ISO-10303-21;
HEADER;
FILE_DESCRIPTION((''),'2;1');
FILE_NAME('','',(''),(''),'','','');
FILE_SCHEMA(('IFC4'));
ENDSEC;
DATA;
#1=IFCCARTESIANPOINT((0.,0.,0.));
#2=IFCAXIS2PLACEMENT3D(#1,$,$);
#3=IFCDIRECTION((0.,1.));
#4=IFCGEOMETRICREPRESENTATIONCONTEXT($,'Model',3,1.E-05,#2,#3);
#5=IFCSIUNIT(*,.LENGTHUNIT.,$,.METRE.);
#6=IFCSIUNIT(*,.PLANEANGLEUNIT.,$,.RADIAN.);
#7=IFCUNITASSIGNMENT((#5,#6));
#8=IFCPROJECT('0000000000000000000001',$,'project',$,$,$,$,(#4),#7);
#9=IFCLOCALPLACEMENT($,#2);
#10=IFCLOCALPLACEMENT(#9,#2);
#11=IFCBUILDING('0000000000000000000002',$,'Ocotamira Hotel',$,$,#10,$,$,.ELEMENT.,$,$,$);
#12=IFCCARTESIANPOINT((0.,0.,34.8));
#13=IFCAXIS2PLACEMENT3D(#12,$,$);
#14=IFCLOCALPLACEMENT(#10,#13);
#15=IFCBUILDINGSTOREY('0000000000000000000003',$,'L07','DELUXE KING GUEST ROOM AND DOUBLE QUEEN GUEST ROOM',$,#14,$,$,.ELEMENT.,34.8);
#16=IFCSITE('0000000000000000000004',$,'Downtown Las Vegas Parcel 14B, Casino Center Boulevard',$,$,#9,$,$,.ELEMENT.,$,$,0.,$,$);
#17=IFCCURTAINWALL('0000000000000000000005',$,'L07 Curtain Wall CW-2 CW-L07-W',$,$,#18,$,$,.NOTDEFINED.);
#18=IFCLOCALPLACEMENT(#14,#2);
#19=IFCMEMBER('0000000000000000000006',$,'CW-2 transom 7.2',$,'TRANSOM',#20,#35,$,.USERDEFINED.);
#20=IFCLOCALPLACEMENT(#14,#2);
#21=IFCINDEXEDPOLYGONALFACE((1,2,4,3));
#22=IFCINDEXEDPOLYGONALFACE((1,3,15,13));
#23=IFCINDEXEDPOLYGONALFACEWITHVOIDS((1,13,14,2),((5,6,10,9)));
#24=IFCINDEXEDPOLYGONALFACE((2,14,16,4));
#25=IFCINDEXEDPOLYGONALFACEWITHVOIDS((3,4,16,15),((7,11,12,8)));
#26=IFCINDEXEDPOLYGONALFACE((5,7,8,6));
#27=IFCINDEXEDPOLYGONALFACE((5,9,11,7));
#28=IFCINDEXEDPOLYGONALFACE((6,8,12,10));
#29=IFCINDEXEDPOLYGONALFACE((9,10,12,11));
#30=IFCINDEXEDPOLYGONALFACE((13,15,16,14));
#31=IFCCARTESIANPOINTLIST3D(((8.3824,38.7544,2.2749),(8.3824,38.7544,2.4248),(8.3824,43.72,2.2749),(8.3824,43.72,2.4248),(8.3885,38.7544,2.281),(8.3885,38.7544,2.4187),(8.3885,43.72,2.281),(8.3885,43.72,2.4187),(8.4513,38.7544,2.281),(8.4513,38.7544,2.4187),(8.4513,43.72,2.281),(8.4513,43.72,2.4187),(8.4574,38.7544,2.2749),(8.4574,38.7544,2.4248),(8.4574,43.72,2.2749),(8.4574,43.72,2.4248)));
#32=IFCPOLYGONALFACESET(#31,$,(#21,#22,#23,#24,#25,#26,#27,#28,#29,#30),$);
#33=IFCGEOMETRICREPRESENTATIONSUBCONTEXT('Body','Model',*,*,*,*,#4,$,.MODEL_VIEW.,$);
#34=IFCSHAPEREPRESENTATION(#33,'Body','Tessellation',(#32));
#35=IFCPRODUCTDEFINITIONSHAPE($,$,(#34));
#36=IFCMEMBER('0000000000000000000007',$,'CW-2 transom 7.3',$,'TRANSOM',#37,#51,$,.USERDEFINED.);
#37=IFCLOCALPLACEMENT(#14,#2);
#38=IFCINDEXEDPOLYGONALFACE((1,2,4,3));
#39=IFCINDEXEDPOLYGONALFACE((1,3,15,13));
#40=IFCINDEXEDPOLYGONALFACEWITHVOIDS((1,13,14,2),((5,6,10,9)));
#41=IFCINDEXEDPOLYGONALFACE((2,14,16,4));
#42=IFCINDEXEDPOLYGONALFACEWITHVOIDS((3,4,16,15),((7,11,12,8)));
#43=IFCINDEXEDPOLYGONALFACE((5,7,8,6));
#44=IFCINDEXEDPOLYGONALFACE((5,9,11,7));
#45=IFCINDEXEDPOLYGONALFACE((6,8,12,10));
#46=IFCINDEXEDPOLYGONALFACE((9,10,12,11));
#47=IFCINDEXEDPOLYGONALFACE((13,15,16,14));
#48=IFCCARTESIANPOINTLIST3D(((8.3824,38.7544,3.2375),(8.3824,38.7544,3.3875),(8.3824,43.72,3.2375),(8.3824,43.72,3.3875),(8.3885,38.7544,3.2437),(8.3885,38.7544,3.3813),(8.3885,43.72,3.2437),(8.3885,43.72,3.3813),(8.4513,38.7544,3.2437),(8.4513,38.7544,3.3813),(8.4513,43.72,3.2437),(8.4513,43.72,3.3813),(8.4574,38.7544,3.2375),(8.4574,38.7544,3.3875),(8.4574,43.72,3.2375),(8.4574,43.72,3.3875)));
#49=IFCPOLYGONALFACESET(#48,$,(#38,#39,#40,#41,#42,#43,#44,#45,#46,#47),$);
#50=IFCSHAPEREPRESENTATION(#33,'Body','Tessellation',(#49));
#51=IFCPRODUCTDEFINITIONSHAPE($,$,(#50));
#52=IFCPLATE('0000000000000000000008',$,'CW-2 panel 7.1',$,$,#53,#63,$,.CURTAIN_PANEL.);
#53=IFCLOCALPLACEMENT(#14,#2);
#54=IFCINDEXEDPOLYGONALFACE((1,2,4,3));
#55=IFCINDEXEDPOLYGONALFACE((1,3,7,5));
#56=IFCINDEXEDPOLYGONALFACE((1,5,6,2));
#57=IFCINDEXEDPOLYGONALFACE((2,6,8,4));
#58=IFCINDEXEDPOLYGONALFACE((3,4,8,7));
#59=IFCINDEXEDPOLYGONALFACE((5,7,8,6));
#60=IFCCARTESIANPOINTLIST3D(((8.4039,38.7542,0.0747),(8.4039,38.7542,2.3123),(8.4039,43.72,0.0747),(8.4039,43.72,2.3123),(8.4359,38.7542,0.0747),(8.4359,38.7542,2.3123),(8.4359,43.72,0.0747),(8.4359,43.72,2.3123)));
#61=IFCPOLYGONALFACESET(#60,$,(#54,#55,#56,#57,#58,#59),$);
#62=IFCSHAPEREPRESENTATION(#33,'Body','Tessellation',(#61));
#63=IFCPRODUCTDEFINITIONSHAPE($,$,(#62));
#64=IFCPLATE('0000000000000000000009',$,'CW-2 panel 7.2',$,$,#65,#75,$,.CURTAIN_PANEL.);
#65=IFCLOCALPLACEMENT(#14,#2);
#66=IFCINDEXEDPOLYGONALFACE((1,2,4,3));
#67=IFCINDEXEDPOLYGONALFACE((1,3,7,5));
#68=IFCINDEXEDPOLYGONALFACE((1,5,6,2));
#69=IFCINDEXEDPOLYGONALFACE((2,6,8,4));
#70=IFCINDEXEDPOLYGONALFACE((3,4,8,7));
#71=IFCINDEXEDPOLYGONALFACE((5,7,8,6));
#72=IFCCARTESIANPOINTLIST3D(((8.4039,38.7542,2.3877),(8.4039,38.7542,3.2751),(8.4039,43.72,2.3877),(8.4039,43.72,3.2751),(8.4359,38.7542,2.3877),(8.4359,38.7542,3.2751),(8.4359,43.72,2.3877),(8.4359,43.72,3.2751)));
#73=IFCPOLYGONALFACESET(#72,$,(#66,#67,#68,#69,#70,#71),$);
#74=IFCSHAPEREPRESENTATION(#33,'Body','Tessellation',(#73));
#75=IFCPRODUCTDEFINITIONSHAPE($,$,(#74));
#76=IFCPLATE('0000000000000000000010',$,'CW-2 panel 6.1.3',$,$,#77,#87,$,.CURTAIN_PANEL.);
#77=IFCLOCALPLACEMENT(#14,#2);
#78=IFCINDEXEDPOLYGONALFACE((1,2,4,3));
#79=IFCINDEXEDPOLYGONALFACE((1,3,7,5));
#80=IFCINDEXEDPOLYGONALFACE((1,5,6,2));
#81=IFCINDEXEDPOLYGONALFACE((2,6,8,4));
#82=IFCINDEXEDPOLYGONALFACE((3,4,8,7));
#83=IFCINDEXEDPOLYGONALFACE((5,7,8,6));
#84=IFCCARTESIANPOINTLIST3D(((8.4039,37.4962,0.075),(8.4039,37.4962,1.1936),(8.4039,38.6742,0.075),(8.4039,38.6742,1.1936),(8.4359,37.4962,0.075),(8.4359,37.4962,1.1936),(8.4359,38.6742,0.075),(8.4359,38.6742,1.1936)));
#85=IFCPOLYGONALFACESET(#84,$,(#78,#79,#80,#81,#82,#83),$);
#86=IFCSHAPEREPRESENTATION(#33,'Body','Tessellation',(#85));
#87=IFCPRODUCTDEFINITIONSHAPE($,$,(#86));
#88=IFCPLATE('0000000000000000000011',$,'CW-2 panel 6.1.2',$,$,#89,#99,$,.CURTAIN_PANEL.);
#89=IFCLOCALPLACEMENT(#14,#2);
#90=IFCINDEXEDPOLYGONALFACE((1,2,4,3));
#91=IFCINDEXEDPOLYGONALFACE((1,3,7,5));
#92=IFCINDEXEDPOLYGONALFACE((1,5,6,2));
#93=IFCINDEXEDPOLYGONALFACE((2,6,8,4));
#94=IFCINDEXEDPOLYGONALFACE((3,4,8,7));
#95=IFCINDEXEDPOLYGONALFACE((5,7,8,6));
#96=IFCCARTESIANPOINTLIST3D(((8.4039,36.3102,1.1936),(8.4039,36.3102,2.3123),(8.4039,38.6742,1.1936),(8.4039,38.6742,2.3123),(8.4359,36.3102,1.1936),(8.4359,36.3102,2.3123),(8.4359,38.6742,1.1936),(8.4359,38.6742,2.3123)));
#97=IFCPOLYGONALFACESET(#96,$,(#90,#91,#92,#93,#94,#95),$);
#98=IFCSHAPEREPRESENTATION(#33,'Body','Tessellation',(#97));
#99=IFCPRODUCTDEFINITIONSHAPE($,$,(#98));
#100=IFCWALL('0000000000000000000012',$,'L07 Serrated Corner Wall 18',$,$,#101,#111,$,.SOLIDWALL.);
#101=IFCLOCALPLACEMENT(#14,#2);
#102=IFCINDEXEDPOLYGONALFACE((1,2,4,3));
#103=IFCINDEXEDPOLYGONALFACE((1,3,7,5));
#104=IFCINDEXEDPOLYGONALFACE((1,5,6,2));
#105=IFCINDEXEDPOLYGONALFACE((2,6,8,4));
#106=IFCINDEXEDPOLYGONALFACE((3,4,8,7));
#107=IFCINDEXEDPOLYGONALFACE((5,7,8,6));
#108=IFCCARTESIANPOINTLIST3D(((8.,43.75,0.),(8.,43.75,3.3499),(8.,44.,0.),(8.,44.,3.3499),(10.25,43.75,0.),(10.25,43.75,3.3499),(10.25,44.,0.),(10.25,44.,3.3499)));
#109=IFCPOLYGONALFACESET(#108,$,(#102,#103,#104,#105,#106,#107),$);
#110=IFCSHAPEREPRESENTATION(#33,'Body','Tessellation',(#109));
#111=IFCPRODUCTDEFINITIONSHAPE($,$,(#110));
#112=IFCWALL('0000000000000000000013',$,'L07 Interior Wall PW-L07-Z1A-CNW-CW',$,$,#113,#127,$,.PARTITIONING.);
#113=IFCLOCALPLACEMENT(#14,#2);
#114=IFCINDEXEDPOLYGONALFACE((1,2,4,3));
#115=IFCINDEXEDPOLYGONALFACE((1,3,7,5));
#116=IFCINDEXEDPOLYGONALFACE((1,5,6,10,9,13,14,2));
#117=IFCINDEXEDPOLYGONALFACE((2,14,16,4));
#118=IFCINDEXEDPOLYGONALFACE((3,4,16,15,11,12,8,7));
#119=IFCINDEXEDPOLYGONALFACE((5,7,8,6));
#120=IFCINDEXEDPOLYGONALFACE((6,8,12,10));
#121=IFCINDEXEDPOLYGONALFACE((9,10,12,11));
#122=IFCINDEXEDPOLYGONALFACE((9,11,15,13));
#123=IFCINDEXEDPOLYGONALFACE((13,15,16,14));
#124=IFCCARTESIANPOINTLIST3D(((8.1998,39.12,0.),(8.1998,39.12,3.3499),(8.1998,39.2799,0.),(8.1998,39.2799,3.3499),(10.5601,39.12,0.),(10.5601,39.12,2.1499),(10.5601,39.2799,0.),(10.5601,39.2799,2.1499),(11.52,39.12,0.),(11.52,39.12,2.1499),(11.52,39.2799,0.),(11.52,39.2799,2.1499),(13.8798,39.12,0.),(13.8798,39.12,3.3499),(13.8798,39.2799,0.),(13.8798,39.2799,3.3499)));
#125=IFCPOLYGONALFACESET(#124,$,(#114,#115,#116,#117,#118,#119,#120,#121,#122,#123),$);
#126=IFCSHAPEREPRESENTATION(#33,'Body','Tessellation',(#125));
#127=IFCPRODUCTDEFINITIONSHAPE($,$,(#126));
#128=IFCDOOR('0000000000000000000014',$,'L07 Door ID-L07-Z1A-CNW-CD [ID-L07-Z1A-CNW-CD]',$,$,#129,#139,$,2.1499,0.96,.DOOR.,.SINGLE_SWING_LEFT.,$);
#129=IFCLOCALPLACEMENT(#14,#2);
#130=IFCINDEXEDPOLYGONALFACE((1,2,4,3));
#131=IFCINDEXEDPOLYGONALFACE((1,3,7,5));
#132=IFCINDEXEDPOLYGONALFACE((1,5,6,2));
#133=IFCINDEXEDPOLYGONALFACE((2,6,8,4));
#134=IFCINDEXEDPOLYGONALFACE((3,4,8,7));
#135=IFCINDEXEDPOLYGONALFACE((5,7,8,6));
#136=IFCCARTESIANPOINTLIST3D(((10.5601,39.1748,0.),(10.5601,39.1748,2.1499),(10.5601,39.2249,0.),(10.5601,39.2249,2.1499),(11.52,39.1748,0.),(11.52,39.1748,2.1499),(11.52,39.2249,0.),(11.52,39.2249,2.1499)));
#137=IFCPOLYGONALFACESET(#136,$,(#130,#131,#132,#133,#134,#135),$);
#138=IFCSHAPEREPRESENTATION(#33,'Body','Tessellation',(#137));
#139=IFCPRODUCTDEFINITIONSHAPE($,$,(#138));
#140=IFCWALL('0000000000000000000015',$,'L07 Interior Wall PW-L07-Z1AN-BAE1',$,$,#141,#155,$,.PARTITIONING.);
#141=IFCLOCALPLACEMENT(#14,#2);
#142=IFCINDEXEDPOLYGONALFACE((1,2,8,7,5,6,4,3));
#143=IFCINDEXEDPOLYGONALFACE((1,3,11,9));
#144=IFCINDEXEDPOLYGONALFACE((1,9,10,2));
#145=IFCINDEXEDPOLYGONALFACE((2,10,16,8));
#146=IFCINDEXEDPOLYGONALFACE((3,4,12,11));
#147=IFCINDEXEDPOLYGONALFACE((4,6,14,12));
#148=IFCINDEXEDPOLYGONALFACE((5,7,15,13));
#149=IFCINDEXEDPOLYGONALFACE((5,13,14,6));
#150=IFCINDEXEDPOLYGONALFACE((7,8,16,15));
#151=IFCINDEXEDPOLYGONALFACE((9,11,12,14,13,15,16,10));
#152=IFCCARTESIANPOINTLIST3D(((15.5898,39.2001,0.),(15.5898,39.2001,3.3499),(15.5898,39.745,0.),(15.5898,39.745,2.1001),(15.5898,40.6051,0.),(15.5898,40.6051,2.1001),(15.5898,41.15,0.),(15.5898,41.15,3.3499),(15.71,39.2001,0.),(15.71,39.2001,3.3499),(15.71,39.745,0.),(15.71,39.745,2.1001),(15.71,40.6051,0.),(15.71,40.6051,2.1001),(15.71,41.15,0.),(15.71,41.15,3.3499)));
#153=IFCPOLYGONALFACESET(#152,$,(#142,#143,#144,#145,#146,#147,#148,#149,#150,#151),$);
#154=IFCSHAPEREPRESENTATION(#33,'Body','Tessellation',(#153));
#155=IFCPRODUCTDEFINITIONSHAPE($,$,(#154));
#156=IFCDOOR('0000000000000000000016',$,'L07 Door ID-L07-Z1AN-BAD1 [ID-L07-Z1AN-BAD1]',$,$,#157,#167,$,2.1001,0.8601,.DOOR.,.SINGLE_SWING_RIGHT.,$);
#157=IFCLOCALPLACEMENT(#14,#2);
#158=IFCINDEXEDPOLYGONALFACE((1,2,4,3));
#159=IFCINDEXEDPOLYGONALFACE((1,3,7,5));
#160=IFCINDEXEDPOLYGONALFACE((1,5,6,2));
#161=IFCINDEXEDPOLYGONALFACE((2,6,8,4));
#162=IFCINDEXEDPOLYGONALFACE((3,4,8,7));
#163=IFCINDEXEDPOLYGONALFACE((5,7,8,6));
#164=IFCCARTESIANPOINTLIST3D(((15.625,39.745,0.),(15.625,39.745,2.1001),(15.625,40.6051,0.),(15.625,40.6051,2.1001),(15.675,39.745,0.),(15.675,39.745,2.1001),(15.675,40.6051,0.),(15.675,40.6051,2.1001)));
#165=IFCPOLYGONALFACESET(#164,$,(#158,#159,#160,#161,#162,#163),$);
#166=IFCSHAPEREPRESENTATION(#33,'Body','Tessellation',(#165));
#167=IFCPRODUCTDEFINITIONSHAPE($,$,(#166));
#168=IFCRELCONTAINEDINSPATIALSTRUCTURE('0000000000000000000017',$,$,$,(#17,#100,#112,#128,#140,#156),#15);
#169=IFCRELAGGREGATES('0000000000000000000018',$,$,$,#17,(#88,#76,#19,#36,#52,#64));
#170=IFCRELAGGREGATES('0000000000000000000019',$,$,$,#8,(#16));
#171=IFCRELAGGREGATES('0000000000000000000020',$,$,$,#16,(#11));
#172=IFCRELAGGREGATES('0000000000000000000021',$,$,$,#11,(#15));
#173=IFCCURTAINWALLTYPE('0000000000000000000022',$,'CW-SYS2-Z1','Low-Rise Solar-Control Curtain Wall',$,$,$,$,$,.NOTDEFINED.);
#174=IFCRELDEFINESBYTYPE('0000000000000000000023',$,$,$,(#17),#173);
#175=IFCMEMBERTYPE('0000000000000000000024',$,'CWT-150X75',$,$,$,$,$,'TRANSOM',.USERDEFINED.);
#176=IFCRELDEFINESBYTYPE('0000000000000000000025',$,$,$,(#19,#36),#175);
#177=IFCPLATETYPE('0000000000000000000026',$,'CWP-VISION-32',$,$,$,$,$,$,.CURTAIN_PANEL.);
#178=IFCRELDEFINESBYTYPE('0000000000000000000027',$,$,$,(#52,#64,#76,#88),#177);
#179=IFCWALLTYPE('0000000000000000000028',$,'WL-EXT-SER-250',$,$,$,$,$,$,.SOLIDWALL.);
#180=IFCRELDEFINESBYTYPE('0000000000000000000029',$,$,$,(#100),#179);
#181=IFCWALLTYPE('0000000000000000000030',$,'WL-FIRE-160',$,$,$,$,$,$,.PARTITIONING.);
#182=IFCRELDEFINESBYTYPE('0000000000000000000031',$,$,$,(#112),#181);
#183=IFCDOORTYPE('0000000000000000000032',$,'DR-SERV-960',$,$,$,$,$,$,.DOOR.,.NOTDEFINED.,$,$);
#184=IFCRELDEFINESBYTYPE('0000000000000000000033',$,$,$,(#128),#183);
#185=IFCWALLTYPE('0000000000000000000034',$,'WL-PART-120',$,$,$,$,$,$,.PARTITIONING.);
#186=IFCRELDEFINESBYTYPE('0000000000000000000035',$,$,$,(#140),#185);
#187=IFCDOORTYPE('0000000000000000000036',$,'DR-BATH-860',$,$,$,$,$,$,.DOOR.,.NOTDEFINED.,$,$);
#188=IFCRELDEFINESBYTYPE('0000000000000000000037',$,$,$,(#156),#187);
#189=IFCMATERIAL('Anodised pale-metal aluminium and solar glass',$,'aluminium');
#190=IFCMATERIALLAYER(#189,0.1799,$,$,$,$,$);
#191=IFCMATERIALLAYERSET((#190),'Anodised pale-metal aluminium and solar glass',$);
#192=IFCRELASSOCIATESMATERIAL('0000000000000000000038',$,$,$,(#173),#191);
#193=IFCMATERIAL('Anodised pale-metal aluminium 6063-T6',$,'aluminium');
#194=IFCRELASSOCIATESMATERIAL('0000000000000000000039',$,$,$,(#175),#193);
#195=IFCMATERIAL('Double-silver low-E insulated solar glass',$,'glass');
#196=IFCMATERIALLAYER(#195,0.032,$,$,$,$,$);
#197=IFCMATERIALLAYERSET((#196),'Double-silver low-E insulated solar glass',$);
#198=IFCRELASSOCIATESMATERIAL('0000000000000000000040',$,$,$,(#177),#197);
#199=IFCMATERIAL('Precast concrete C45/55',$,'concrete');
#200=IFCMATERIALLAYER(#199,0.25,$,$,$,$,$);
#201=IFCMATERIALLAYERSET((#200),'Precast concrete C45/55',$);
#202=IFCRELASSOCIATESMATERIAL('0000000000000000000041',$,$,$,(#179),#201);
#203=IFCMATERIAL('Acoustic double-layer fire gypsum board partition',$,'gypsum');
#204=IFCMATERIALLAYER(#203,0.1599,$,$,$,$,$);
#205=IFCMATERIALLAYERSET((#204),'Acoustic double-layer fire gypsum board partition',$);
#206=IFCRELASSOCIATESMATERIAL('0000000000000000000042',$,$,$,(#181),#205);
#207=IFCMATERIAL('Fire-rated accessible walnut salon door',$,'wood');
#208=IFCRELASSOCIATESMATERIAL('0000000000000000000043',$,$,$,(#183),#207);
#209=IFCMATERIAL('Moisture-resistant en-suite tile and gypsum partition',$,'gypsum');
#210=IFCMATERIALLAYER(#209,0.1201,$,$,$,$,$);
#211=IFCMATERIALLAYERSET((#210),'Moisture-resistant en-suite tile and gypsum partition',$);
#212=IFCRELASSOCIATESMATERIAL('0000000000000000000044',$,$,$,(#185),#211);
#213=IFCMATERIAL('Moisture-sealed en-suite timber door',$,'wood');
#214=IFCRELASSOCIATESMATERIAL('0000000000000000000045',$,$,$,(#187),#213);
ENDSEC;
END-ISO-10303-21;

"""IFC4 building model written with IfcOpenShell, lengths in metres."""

from ifc_helpers import new_model, si_unit, direction, frame, frame_2d, origin, origin_2d, place, context, subcontext, project, spatial, rectangle, hollow_rectangle, extrude, source, transform, mapped, material, layer, layer_set, material_profile, profile_set, type_object, element, fill, aggregate, save


model = new_model("IFC4")

# Units and contexts
model_context = context("Model", 3, precision=1e-05, world=origin(), true_north=direction((0.0, 1.0)))
body_context = subcontext(model_context, "Body", "Model", "MODEL_VIEW")
ifc_project = project(units=[si_unit("LENGTHUNIT", "METRE"), si_unit("PLANEANGLEUNIT", "RADIAN")], contexts=[model_context])

# Site, building, storey
site_placement = place(None, origin())
site = spatial("IfcSite", under=ifc_project, at=site_placement, Name="Downtown Las Vegas Parcel 14B, Casino Center Boulevard", CompositionType="ELEMENT", RefElevation=0.0)
building_placement = place(site_placement, origin())
building = spatial("IfcBuilding", under=site, at=building_placement, Name="Ocotamira Hotel", CompositionType="ELEMENT")
storey_placement = place(building_placement, frame((0.0, 0.0, 34.8)))
storey = spatial("IfcBuildingStorey", under=building, at=storey_placement, Name="L07", Description="DELUXE KING GUEST ROOM AND DOUBLE QUEEN GUEST ROOM", CompositionType="ELEMENT", Elevation=34.8)

# Curtain wall, members, plates
ifc_material_1 = material(Name="Anodised pale-metal aluminium and solar glass", Category="aluminium")
ifc_layer_1 = layer(ifc_material_1, 0.1799)
ifc_layer_set_1 = layer_set([ifc_layer_1], Name="Anodised pale-metal aluminium and solar glass")
curtain_wall_type = type_object("IfcCurtainWallType", Name="CW-SYS2-Z1", Description="Low-Rise Solar-Control Curtain Wall", PredefinedType="NOTDEFINED", material=ifc_layer_set_1)
curtain_wall_placement = place(storey_placement, origin())
curtain_wall = element("IfcCurtainWall", 1, at=curtain_wall_placement, inside=storey, type_object=curtain_wall_type, Name="L07 Curtain Wall CW-2 CW-L07-W", PredefinedType="NOTDEFINED")
ifc_material_2 = material(Name="Anodised pale-metal aluminium 6063-T6", Category="aluminium")
ifc_material_profile_1 = material_profile(ifc_material_2, hollow_rectangle(XDim=0.075, YDim=0.1499, WallThickness=0.0061, at=origin_2d()), Name="HSS150X75X6")
ifc_profile_set_1 = profile_set([ifc_material_profile_1], Name="Anodised pale-metal aluminium 6063-T6")
member_type_1 = type_object("IfcMemberType", Name="CWT-150X75", ElementType="TRANSOM", PredefinedType="USERDEFINED", material=ifc_profile_set_1)
shared_shape_1 = source(origin(), body_context, "Body", "SweptSolid", [
    extrude(hollow_rectangle(XDim=0.075, YDim=0.1499, WallThickness=0.0061, at=origin_2d()), origin(), (0.0, 0.0, 1.0), 4.9656),
])
member_1_placement = place(storey_placement, frame((8.4199, 38.7544, 2.3499), z_axis=(0.0, 1.0, 0.0), x_axis=(-1.0, 0.0, 0.0)))
member_1 = element("IfcMember", 2, at=member_1_placement, type_object=member_type_1, Name="CW-2 transom 7.2", ObjectType="TRANSOM", PredefinedType="USERDEFINED", context=body_context, shape_type="MappedRepresentation", body=[
    mapped(shared_shape_1, transform((0.0, 0.0, 0.0), scale=1.0)),
])
member_2_placement = place(storey_placement, frame((8.4199, 38.7544, 3.3125), z_axis=(0.0, 1.0, 0.0), x_axis=(-1.0, 0.0, 0.0)))
member_2 = element("IfcMember", 3, at=member_2_placement, type_object=member_type_1, Name="CW-2 transom 7.3", ObjectType="TRANSOM", PredefinedType="USERDEFINED", context=body_context, shape_type="MappedRepresentation", body=[
    mapped(shared_shape_1, transform((0.0, 0.0, 0.0), scale=1.0)),
])
ifc_material_3 = material(Name="Double-silver low-E insulated solar glass", Category="glass")
ifc_layer_2 = layer(ifc_material_3, 0.032)
ifc_layer_set_2 = layer_set([ifc_layer_2], Name="Double-silver low-E insulated solar glass")
plate_type = type_object("IfcPlateType", Name="CWP-VISION-32", PredefinedType="CURTAIN_PANEL", material=ifc_layer_set_2)
shared_shape_2 = source(origin(), body_context, "Body", "SweptSolid", [
    extrude(rectangle(XDim=4.9658, YDim=0.032, at=origin_2d()), origin(), (0.0, 0.0, 1.0), 2.2375),
])
plate_1_placement = place(storey_placement, frame((8.4199, 41.2371, 0.0747), z_axis=(0.0, 0.0, 1.0), x_axis=(0.0, 1.0, 0.0)))
plate_1 = element("IfcPlate", 4, at=plate_1_placement, type_object=plate_type, Name="CW-2 panel 7.1", PredefinedType="CURTAIN_PANEL", context=body_context, shape_type="MappedRepresentation", body=[
    mapped(shared_shape_2, transform((0.0, 0.0, 0.0), scale=1.0)),
])
shared_shape_3 = source(origin(), body_context, "Body", "SweptSolid", [
    extrude(rectangle(XDim=4.9658, YDim=0.032, at=origin_2d()), origin(), (0.0, 0.0, 1.0), 0.8875),
])
plate_2_placement = place(storey_placement, frame((8.4199, 41.2371, 2.3877), z_axis=(0.0, 0.0, 1.0), x_axis=(0.0, 1.0, 0.0)))
plate_2 = element("IfcPlate", 5, at=plate_2_placement, type_object=plate_type, Name="CW-2 panel 7.2", PredefinedType="CURTAIN_PANEL", context=body_context, shape_type="MappedRepresentation", body=[
    mapped(shared_shape_3, transform((0.0, 0.0, 0.0), scale=1.0)),
])
shared_shape_4 = source(origin(), body_context, "Body", "SweptSolid", [
    extrude(rectangle(XDim=1.178, YDim=0.032, at=origin_2d()), origin(), (0.0, 0.0, 1.0), 1.1187),
])
plate_3_placement = place(storey_placement, frame((8.4199, 38.0852, 0.075), z_axis=(0.0, 0.0, 1.0), x_axis=(0.0, 1.0, 0.0)))
plate_3 = element("IfcPlate", 6, at=plate_3_placement, type_object=plate_type, Name="CW-2 panel 6.1.3", PredefinedType="CURTAIN_PANEL", context=body_context, shape_type="MappedRepresentation", body=[
    mapped(shared_shape_4, transform((0.0, 0.0, 0.0), scale=1.0)),
])
shared_shape_5 = source(origin(), body_context, "Body", "SweptSolid", [
    extrude(rectangle(XDim=2.364, YDim=0.032, at=origin_2d()), origin(), (0.0, 0.0, 1.0), 1.1187),
])
plate_4_placement = place(storey_placement, frame((8.4199, 37.4922, 1.1936), z_axis=(0.0, 0.0, 1.0), x_axis=(0.0, 1.0, 0.0)))
plate_4 = element("IfcPlate", 7, at=plate_4_placement, type_object=plate_type, Name="CW-2 panel 6.1.2", PredefinedType="CURTAIN_PANEL", context=body_context, shape_type="MappedRepresentation", body=[
    mapped(shared_shape_5, transform((0.0, 0.0, 0.0), scale=1.0)),
])
aggregate(curtain_wall, [plate_4, plate_3, member_1, member_2, plate_1, plate_2])

# Wall
ifc_material_4 = material(Name="Precast concrete C45/55", Category="concrete")
ifc_layer_3 = layer(ifc_material_4, 0.25)
ifc_layer_set_3 = layer_set([ifc_layer_3], Name="Precast concrete C45/55")
wall_type_1 = type_object("IfcWallType", Name="WL-EXT-SER-250", PredefinedType="SOLIDWALL", material=ifc_layer_set_3)
wall_1_placement = place(storey_placement, frame((10.25, 43.875, 0.0), z_axis=(0.0, 0.0, 1.0), x_axis=(-1.0, 0.0, 0.0)))
element("IfcWall", 8, at=wall_1_placement, inside=storey, type_object=wall_type_1, Name="L07 Serrated Corner Wall 18", PredefinedType="SOLIDWALL", context=body_context, shape_type="SweptSolid", body=[
    extrude(rectangle(XDim=2.25, YDim=0.25, at=frame_2d((1.125, 0.0))), origin(), (0.0, 0.0, 1.0), 3.3499),
])

# Wall, opening, door
ifc_material_5 = material(Name="Acoustic double-layer fire gypsum board partition", Category="gypsum")
ifc_layer_4 = layer(ifc_material_5, 0.1599)
ifc_layer_set_4 = layer_set([ifc_layer_4], Name="Acoustic double-layer fire gypsum board partition")
wall_type_2 = type_object("IfcWallType", Name="WL-FIRE-160", PredefinedType="PARTITIONING", material=ifc_layer_set_4)
wall_2_placement = place(storey_placement, frame((8.2, 39.2, 0.0), z_axis=(0.0, 0.0, 1.0), x_axis=(1.0, 0.0, 0.0)))
wall_2 = element("IfcWall", 9, at=wall_2_placement, inside=storey, type_object=wall_type_2, Name="L07 Interior Wall PW-L07-Z1A-CNW-CW", PredefinedType="PARTITIONING", context=body_context, shape_type="SweptSolid", body=[
    extrude(rectangle(XDim=5.6799, YDim=0.1599, at=frame_2d((2.8398, 0.0))), origin(), (0.0, 0.0, 1.0), 3.3499),
])
opening_1_placement = place(wall_2_placement, frame((2.3601, 0.0, 0.0)))
opening_1 = element("IfcOpeningElement", 10, at=opening_1_placement, cuts=wall_2, PredefinedType="OPENING", context=body_context, shape_type="SweptSolid", body=[
    extrude(rectangle(XDim=0.96, YDim=2.1499, at=frame_2d((0.48, 1.075))), frame((0.0, 0.0898, 0.0), z_axis=(0.0, -1.0, 0.0), x_axis=(1.0, 0.0, 0.0)), (0.0, 0.0, 1.0), 0.1799),
])
ifc_material_6 = material(Name="Fire-rated accessible walnut salon door", Category="wood")
door_type_1 = type_object("IfcDoorType", Name="DR-SERV-960", OperationType="NOTDEFINED", PredefinedType="DOOR", material=ifc_material_6)
shared_shape_6 = source(origin(), body_context, "Body", "SweptSolid", [
    extrude(rectangle(XDim=0.96, YDim=2.1499, at=frame_2d((0.48, 1.075))), frame((0.0, 0.0249, 0.0), z_axis=(0.0, -1.0, 0.0), x_axis=(1.0, 0.0, 0.0)), (0.0, 0.0, 1.0), 0.05),
])
door_1_placement = place(opening_1_placement, origin())
door_1 = element("IfcDoor", 11, at=door_1_placement, inside=storey, type_object=door_type_1, Name="L07 Door ID-L07-Z1A-CNW-CD [ID-L07-Z1A-CNW-CD]", OperationType="SINGLE_SWING_LEFT", OverallHeight=2.1499, OverallWidth=0.96, PredefinedType="DOOR", context=body_context, shape_type="MappedRepresentation", body=[
    mapped(shared_shape_6, transform((0.0, 0.0, 0.0), scale=1.0)),
])
fill(opening_1, door_1)

# Wall, opening, door
ifc_material_7 = material(Name="Moisture-resistant en-suite tile and gypsum partition", Category="gypsum")
ifc_layer_5 = layer(ifc_material_7, 0.1201)
ifc_layer_set_5 = layer_set([ifc_layer_5], Name="Moisture-resistant en-suite tile and gypsum partition")
wall_type_3 = type_object("IfcWallType", Name="WL-PART-120", PredefinedType="PARTITIONING", material=ifc_layer_set_5)
wall_3_placement = place(storey_placement, frame((15.6499, 39.2, 0.0), z_axis=(0.0, 0.0, 1.0), x_axis=(0.0, 1.0, 0.0)))
wall_3 = element("IfcWall", 12, at=wall_3_placement, inside=storey, type_object=wall_type_3, Name="L07 Interior Wall PW-L07-Z1AN-BAE1", PredefinedType="PARTITIONING", context=body_context, shape_type="SweptSolid", body=[
    extrude(rectangle(XDim=1.95, YDim=0.1201, at=frame_2d((0.9751, 0.0))), origin(), (0.0, 0.0, 1.0), 3.3499),
])
opening_2_placement = place(wall_3_placement, frame((0.5449, 0.0, 0.0)))
opening_2 = element("IfcOpeningElement", 13, at=opening_2_placement, cuts=wall_3, PredefinedType="OPENING", context=body_context, shape_type="SweptSolid", body=[
    extrude(rectangle(XDim=0.8601, YDim=2.1001, at=frame_2d((0.4302, 1.05))), frame((0.0, 0.0701, 0.0), z_axis=(0.0, -1.0, 0.0), x_axis=(1.0, 0.0, 0.0)), (0.0, 0.0, 1.0), 0.1401),
])
ifc_material_8 = material(Name="Moisture-sealed en-suite timber door", Category="wood")
door_type_2 = type_object("IfcDoorType", Name="DR-BATH-860", OperationType="NOTDEFINED", PredefinedType="DOOR", material=ifc_material_8)
shared_shape_7 = source(origin(), body_context, "Body", "SweptSolid", [
    extrude(rectangle(XDim=0.8601, YDim=2.1001, at=frame_2d((0.4302, 1.05))), frame((0.0, 0.0249, 0.0), z_axis=(0.0, -1.0, 0.0), x_axis=(1.0, 0.0, 0.0)), (0.0, 0.0, 1.0), 0.05),
])
door_2_placement = place(opening_2_placement, origin())
door_2 = element("IfcDoor", 14, at=door_2_placement, inside=storey, type_object=door_type_2, Name="L07 Door ID-L07-Z1AN-BAD1 [ID-L07-Z1AN-BAD1]", OperationType="SINGLE_SWING_RIGHT", OverallHeight=2.1001, OverallWidth=0.8601, PredefinedType="DOOR", context=body_context, shape_type="MappedRepresentation", body=[
    mapped(shared_shape_7, transform((0.0, 0.0, 0.0), scale=1.0)),
])
fill(opening_2, door_2)

save(model, "model.ifc")
